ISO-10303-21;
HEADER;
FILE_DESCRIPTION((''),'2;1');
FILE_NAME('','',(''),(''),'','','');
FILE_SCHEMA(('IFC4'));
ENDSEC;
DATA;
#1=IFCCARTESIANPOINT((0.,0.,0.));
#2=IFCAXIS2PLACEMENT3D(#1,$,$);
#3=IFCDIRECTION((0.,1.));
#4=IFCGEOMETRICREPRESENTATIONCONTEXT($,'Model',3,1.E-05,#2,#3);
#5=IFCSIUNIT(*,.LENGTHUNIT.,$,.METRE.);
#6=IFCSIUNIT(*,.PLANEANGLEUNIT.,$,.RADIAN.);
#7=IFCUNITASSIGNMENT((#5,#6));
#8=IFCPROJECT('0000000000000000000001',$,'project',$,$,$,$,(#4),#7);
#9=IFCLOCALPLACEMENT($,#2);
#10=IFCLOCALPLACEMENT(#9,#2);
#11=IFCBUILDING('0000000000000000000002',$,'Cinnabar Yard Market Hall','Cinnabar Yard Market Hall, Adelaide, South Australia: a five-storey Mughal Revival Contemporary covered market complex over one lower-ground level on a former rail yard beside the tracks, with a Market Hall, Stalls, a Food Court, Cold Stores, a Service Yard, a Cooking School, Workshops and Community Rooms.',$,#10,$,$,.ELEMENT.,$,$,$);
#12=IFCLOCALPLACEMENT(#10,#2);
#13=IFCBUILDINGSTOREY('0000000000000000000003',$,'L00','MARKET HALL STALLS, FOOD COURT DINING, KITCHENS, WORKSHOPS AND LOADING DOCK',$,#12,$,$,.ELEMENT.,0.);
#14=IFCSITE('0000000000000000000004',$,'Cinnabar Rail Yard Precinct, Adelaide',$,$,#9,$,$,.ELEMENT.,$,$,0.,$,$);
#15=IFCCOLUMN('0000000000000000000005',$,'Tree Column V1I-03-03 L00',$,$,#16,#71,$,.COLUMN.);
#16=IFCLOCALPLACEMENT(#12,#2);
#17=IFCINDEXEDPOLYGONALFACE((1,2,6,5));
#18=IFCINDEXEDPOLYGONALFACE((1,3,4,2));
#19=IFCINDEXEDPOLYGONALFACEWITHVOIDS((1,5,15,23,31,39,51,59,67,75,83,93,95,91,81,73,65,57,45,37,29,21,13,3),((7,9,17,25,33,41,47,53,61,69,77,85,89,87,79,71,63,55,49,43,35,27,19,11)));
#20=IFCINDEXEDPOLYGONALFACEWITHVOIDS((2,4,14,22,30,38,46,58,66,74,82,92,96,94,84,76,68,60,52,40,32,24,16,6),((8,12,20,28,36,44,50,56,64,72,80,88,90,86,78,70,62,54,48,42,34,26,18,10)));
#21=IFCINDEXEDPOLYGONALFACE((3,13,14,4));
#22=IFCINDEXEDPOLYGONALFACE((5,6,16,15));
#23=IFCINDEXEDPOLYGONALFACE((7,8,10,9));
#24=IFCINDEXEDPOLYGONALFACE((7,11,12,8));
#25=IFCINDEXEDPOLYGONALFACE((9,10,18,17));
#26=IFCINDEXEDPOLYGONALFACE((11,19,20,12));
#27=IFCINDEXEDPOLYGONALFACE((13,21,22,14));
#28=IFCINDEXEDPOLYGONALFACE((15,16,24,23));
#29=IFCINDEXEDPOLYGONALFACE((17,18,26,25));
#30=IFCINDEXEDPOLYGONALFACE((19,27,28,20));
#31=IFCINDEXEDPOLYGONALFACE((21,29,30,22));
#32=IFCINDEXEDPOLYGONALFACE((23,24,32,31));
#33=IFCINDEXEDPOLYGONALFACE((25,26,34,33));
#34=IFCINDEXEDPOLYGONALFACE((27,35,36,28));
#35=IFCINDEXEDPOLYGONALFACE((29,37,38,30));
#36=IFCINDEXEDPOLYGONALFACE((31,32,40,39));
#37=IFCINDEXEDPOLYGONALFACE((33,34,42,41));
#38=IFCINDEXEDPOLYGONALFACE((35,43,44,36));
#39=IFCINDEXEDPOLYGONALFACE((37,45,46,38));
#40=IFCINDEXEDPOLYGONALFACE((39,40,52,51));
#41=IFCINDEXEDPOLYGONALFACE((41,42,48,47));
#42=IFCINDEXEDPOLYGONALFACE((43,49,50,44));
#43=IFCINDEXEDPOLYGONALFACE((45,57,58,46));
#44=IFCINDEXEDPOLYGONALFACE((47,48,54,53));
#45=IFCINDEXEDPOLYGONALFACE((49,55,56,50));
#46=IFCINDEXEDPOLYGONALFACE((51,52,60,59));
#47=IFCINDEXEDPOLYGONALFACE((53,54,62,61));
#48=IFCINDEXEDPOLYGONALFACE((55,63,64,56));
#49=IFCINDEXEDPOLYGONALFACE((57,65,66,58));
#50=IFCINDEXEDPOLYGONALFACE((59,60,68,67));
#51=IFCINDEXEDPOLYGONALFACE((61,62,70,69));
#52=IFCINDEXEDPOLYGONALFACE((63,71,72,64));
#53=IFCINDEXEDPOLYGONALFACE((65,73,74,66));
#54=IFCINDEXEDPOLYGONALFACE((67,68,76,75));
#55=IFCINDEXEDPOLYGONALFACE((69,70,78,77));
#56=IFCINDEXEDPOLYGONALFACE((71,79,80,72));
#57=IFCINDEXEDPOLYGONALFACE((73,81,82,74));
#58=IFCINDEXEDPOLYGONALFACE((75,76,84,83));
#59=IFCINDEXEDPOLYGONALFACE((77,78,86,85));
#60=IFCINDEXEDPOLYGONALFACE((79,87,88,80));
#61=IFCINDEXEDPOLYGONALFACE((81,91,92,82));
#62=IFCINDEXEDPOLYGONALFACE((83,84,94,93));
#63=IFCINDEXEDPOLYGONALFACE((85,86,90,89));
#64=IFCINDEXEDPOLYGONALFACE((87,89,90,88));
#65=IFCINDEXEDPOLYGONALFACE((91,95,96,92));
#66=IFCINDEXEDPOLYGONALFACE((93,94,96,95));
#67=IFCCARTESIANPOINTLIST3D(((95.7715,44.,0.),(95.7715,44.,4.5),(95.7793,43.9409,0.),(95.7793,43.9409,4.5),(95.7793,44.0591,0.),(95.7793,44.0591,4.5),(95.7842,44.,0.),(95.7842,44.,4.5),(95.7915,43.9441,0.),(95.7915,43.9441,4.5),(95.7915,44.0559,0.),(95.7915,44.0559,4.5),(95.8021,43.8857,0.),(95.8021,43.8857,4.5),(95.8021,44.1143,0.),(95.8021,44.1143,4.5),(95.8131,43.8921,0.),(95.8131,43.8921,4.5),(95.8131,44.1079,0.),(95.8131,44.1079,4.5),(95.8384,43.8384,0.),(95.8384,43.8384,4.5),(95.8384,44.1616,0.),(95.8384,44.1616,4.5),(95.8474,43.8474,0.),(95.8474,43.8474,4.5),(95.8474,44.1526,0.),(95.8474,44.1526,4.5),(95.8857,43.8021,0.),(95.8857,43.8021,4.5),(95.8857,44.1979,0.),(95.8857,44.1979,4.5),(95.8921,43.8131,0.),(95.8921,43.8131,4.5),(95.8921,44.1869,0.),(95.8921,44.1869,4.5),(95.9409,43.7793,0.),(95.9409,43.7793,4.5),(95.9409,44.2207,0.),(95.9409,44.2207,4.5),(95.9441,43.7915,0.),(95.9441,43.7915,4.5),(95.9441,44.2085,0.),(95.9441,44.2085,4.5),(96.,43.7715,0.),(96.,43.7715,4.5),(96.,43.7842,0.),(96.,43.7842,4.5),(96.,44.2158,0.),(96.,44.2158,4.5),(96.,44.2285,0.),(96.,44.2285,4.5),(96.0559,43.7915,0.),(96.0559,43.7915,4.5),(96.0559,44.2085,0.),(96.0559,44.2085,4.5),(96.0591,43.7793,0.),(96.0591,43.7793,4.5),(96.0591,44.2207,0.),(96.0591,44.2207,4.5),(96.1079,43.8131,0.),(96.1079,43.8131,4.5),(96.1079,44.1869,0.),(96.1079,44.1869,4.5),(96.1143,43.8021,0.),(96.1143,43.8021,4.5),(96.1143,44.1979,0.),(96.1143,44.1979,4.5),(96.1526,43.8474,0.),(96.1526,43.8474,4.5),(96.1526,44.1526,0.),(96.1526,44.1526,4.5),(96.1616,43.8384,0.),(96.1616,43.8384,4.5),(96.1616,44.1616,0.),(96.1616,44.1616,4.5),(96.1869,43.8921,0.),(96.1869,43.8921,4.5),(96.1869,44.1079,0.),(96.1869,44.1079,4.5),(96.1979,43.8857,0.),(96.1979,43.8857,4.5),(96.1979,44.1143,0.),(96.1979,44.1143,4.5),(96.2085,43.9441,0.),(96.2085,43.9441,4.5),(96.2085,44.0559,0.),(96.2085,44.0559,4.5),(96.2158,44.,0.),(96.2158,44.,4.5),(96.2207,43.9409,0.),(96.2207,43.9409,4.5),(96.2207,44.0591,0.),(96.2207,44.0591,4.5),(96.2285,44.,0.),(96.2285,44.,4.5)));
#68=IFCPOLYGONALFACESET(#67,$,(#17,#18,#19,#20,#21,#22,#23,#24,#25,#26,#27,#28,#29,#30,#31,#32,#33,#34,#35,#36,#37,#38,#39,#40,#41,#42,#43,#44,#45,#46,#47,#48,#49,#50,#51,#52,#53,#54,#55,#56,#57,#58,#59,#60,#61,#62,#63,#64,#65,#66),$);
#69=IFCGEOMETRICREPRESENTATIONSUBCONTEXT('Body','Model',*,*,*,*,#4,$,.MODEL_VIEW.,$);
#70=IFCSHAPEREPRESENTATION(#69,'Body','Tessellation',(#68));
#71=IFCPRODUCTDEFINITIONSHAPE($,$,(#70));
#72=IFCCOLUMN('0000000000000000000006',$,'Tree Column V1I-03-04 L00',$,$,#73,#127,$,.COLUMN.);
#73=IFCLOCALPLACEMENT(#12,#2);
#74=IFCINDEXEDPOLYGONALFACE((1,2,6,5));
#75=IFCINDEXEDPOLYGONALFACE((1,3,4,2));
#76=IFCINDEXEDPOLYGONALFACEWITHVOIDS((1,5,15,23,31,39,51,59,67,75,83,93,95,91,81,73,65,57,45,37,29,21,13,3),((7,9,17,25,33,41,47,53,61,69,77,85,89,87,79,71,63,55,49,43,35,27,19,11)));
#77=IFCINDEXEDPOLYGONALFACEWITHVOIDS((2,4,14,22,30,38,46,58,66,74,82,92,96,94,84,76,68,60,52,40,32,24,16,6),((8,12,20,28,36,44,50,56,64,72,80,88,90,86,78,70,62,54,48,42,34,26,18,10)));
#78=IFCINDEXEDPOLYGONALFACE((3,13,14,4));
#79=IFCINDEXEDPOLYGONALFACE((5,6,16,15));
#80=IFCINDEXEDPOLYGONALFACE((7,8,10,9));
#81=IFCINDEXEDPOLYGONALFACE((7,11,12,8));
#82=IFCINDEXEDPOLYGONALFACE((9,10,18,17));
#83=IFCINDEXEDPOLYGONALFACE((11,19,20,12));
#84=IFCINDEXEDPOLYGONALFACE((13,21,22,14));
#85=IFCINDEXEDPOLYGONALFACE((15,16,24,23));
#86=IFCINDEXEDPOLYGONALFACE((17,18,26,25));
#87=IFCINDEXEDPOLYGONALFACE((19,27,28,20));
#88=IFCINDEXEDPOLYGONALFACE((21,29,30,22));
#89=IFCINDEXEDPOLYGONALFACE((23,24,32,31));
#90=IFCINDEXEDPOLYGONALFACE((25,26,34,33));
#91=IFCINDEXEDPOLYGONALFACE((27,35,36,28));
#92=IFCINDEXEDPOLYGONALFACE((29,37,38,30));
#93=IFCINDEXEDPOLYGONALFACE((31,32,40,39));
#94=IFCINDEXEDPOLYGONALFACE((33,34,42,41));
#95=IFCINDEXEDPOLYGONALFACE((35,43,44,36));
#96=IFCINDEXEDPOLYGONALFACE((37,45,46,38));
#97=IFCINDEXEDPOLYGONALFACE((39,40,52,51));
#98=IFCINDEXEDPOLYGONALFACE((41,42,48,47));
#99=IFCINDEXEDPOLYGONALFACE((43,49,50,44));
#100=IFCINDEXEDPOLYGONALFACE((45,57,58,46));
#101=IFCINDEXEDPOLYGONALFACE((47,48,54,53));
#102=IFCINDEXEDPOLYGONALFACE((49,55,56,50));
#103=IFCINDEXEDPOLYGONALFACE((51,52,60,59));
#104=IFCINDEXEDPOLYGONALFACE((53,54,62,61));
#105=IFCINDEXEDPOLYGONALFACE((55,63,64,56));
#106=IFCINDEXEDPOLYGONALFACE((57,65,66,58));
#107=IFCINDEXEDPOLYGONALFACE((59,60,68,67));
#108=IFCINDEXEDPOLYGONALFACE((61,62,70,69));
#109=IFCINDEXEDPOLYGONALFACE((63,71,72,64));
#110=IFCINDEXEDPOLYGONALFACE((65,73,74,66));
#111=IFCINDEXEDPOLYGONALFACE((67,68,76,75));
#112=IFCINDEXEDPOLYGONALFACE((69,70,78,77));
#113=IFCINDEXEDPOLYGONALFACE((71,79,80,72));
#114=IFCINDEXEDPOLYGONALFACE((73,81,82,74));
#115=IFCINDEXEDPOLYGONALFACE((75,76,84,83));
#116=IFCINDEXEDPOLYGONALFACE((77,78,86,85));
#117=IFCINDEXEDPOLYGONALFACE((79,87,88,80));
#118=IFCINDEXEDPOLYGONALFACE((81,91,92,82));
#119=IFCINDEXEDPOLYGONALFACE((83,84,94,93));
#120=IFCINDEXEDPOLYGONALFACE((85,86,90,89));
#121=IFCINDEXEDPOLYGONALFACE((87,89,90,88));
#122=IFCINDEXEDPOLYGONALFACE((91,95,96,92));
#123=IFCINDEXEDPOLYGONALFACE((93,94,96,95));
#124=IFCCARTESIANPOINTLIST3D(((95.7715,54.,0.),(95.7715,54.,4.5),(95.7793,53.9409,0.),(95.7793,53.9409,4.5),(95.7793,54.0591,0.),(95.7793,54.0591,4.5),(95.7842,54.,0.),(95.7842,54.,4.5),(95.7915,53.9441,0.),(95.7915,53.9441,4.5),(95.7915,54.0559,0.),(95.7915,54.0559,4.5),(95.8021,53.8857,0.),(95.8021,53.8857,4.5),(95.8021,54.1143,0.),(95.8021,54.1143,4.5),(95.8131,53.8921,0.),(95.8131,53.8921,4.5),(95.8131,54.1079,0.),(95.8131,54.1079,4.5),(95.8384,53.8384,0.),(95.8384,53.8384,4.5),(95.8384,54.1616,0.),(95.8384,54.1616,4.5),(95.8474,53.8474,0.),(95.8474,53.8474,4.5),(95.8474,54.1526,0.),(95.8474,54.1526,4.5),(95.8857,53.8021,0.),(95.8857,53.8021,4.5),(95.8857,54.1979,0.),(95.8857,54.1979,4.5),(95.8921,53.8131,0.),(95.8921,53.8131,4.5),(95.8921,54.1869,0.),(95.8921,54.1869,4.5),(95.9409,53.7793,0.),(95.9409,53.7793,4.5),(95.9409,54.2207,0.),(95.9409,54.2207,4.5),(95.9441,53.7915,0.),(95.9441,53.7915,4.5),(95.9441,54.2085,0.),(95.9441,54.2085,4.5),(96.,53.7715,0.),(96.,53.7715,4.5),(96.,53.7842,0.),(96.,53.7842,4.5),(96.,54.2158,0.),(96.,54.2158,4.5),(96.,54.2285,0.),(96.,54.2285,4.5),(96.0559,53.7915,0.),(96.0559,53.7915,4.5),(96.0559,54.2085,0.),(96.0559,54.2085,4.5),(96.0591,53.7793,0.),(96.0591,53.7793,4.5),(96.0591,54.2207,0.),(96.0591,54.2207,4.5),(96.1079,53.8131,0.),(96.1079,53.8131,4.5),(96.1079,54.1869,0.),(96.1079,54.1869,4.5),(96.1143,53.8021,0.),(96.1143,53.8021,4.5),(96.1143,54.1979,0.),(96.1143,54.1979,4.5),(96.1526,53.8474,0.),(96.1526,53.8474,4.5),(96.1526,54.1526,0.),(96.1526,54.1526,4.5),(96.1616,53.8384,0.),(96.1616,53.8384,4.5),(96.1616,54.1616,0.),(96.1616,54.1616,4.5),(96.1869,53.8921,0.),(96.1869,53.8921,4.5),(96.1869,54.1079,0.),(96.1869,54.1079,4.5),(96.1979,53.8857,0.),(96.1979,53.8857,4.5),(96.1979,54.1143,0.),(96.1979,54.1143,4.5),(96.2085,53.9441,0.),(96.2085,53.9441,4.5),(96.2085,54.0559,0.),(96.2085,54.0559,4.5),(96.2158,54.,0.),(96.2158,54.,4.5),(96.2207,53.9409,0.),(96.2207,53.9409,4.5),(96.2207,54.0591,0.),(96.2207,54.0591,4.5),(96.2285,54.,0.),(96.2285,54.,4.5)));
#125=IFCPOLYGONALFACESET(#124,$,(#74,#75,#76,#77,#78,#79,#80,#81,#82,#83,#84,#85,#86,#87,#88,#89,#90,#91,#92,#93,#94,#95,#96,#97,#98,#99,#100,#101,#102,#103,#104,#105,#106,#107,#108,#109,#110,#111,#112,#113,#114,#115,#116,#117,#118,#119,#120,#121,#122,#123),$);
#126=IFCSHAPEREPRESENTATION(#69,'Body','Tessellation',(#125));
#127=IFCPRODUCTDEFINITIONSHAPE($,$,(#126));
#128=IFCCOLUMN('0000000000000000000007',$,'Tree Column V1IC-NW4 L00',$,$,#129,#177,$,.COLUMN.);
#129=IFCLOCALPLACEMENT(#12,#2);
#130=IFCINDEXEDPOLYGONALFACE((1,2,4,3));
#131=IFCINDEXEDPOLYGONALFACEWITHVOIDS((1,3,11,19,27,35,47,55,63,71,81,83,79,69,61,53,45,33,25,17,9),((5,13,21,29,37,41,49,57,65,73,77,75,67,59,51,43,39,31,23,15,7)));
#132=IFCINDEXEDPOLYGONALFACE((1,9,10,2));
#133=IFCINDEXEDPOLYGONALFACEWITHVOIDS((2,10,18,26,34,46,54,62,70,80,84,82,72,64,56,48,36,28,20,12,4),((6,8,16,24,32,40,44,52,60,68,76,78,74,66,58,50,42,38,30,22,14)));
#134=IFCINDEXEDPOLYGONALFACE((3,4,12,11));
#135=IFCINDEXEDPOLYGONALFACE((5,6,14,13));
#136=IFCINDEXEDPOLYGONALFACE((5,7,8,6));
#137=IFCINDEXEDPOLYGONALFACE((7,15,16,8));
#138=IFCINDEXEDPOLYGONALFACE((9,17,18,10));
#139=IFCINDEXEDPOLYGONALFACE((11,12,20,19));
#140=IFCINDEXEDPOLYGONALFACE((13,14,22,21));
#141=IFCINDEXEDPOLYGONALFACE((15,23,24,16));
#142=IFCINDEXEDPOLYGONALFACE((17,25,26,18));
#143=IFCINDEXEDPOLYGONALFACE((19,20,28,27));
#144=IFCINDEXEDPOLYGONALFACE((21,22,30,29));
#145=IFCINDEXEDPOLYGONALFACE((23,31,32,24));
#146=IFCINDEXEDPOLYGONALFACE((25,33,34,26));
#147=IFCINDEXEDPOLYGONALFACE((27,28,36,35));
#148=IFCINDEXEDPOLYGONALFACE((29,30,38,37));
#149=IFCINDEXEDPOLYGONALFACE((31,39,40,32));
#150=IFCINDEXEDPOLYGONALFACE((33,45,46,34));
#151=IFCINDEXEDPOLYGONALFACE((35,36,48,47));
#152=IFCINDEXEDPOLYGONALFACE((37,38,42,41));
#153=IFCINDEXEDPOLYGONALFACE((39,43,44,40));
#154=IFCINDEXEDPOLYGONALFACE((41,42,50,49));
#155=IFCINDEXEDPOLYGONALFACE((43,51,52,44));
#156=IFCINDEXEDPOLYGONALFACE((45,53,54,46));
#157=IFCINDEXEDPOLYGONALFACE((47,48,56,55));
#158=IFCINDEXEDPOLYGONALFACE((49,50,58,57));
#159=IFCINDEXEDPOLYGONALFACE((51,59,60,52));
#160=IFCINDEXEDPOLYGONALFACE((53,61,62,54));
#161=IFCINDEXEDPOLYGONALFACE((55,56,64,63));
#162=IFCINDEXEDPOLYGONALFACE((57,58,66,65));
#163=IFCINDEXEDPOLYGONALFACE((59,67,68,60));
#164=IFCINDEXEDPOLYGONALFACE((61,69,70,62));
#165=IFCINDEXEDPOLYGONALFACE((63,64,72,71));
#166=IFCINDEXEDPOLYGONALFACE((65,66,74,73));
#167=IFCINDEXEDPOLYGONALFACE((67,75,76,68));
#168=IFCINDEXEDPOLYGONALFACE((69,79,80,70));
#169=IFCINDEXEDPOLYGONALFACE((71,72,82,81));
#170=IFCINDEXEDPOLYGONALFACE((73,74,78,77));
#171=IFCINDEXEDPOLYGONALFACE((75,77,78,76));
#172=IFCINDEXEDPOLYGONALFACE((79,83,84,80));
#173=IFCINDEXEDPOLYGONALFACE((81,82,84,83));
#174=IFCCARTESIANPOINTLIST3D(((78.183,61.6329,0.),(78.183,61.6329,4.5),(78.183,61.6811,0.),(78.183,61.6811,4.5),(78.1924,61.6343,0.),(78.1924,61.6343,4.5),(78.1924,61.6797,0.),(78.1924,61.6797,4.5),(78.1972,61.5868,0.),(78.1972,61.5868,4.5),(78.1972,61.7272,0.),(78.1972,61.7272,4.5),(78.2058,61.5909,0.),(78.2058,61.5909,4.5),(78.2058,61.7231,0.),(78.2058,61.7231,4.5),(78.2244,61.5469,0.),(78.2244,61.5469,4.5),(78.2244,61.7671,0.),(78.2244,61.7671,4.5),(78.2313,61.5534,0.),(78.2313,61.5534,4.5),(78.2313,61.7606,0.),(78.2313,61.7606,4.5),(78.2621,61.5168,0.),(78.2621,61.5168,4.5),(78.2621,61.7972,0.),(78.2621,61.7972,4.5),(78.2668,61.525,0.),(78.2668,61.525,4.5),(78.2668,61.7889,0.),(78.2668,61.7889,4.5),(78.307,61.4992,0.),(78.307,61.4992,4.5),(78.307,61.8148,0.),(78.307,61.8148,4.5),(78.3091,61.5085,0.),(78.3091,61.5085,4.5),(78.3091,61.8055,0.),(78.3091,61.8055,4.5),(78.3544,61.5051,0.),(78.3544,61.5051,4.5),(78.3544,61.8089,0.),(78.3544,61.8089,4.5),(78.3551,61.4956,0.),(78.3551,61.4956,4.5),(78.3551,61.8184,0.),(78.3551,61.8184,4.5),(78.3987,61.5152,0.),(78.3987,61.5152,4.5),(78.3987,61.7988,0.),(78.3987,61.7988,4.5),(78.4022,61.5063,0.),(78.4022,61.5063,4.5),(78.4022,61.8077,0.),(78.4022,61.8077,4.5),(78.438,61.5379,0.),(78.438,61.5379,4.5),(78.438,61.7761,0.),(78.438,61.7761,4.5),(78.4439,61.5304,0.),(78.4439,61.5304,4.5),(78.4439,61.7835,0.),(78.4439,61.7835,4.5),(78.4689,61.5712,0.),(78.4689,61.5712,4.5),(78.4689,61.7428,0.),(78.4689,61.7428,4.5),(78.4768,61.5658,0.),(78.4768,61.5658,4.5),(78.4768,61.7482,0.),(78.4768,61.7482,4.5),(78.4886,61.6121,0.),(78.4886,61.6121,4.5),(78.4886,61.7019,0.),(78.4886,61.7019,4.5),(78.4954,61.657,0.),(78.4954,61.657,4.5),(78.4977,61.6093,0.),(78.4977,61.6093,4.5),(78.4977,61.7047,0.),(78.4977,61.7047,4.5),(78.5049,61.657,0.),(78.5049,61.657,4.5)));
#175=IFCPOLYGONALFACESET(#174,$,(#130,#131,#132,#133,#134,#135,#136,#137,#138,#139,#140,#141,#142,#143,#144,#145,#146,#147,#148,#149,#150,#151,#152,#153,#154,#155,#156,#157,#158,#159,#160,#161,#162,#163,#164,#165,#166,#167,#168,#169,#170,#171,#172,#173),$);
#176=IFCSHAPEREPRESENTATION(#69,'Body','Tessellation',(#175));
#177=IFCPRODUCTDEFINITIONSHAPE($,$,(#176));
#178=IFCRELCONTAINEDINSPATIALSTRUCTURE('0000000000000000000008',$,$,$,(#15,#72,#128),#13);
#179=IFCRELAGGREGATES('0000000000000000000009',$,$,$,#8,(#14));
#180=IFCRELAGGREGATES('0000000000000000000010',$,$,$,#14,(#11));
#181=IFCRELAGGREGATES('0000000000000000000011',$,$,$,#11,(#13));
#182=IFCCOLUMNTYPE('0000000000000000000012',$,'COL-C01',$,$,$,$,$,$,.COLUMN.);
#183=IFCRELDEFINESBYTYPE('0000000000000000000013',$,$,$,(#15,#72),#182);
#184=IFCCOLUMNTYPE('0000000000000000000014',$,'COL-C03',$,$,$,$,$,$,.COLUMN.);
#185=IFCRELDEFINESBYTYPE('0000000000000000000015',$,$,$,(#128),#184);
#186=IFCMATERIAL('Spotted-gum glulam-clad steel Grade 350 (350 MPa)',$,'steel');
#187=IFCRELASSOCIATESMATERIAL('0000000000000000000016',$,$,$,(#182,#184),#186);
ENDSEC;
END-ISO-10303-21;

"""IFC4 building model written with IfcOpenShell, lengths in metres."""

from ifc_helpers import new_model, si_unit, direction, frame, origin, origin_2d_with_axis, place, context, subcontext, project, spatial, hollow_circle, extrude, material, material_profile, profile_set, type_object, element, save


model = new_model("IFC4")

# Units and contexts
model_context = context("Model", 3, precision=1e-05, world=origin(), true_north=direction((0.0, 1.0)))
body_context = subcontext(model_context, "Body", "Model", "MODEL_VIEW")
ifc_project = project(units=[si_unit("LENGTHUNIT", "METRE"), si_unit("PLANEANGLEUNIT", "RADIAN")], contexts=[model_context])

# Site, building, storey
site_placement = place(None, origin())
site = spatial("IfcSite", under=ifc_project, at=site_placement, Name="Cinnabar Rail Yard Precinct, Adelaide", CompositionType="ELEMENT", RefElevation=0.0)
building_placement = place(site_placement, origin())
building = spatial("IfcBuilding", under=site, at=building_placement, Name="Cinnabar Yard Market Hall", Description="Cinnabar Yard Market Hall, Adelaide, South Australia: a five-storey Mughal Revival Contemporary covered market complex over one lower-ground level on a former rail yard beside the tracks, with a Market Hall, Stalls, a Food Court, Cold Stores, a Service Yard, a Cooking School, Workshops and Community Rooms.", CompositionType="ELEMENT")
storey_placement = place(building_placement, origin())
storey = spatial("IfcBuildingStorey", under=building, at=storey_placement, Name="L00", Description="MARKET HALL STALLS, FOOD COURT DINING, KITCHENS, WORKSHOPS AND LOADING DOCK", CompositionType="ELEMENT", Elevation=0.0)

# Columns
ifc_material_1 = material(Name="Spotted-gum glulam-clad steel Grade 350 (350 MPa)", Category="steel")
ifc_material_profile_1 = material_profile(ifc_material_1, hollow_circle(Radius=0.2285, WallThickness=0.0127, at=origin_2d_with_axis()), Name="457.0x12.7CHS")
ifc_profile_set_1 = profile_set([ifc_material_profile_1], Name="Spotted-gum glulam-clad steel Grade 350 (350 MPa)")
column_type_1 = type_object("IfcColumnType", Name="COL-C01", PredefinedType="COLUMN", material=ifc_profile_set_1)
for number, where, z_axis, x_axis, name in (
    (1, (96.0, 44.0, 0.0), (0.0, 0.0, 1.0), (1.0, 0.0, 0.0), "Tree Column V1I-03-03 L00"),
    (2, (96.0, 54.0, 0.0), (0.0, 0.0, 1.0), (1.0, 0.0, 0.0), "Tree Column V1I-03-04 L00"),
):
    element("IfcColumn", number, at=place(storey_placement, frame(where, z_axis=z_axis, x_axis=x_axis)), inside=storey, type_object=column_type_1, Name=name, PredefinedType="COLUMN", context=body_context, shape_type="SweptSolid", body=[
        extrude(hollow_circle(Radius=0.2285, WallThickness=0.0127, at=origin_2d_with_axis()), origin(), (0.0, 0.0, 1.0), 4.5),
    ])
ifc_material_profile_2 = material_profile(ifc_material_1, hollow_circle(Radius=0.1619, WallThickness=0.0095, at=origin_2d_with_axis()), Name="323.9x9.5CHS")
ifc_profile_set_2 = profile_set([ifc_material_profile_2], Name="Spotted-gum glulam-clad steel Grade 350 (350 MPa)")
column_type_2 = type_object("IfcColumnType", Name="COL-C03", PredefinedType="COLUMN", material=ifc_profile_set_2)
for number, where, z_axis, x_axis, name in (
    (3, (78.343, 61.657, 0.0), (0.0, 0.0, 1.0), (1.0, 0.0, 0.0), "Tree Column V1IC-NW4 L00"),
):
    element("IfcColumn", number, at=place(storey_placement, frame(where, z_axis=z_axis, x_axis=x_axis)), inside=storey, type_object=column_type_2, Name=name, PredefinedType="COLUMN", context=body_context, shape_type="SweptSolid", body=[
        extrude(hollow_circle(Radius=0.1619, WallThickness=0.0095, at=origin_2d_with_axis()), origin(), (0.0, 0.0, 1.0), 4.5),
    ])

save(model, "model.ifc")
